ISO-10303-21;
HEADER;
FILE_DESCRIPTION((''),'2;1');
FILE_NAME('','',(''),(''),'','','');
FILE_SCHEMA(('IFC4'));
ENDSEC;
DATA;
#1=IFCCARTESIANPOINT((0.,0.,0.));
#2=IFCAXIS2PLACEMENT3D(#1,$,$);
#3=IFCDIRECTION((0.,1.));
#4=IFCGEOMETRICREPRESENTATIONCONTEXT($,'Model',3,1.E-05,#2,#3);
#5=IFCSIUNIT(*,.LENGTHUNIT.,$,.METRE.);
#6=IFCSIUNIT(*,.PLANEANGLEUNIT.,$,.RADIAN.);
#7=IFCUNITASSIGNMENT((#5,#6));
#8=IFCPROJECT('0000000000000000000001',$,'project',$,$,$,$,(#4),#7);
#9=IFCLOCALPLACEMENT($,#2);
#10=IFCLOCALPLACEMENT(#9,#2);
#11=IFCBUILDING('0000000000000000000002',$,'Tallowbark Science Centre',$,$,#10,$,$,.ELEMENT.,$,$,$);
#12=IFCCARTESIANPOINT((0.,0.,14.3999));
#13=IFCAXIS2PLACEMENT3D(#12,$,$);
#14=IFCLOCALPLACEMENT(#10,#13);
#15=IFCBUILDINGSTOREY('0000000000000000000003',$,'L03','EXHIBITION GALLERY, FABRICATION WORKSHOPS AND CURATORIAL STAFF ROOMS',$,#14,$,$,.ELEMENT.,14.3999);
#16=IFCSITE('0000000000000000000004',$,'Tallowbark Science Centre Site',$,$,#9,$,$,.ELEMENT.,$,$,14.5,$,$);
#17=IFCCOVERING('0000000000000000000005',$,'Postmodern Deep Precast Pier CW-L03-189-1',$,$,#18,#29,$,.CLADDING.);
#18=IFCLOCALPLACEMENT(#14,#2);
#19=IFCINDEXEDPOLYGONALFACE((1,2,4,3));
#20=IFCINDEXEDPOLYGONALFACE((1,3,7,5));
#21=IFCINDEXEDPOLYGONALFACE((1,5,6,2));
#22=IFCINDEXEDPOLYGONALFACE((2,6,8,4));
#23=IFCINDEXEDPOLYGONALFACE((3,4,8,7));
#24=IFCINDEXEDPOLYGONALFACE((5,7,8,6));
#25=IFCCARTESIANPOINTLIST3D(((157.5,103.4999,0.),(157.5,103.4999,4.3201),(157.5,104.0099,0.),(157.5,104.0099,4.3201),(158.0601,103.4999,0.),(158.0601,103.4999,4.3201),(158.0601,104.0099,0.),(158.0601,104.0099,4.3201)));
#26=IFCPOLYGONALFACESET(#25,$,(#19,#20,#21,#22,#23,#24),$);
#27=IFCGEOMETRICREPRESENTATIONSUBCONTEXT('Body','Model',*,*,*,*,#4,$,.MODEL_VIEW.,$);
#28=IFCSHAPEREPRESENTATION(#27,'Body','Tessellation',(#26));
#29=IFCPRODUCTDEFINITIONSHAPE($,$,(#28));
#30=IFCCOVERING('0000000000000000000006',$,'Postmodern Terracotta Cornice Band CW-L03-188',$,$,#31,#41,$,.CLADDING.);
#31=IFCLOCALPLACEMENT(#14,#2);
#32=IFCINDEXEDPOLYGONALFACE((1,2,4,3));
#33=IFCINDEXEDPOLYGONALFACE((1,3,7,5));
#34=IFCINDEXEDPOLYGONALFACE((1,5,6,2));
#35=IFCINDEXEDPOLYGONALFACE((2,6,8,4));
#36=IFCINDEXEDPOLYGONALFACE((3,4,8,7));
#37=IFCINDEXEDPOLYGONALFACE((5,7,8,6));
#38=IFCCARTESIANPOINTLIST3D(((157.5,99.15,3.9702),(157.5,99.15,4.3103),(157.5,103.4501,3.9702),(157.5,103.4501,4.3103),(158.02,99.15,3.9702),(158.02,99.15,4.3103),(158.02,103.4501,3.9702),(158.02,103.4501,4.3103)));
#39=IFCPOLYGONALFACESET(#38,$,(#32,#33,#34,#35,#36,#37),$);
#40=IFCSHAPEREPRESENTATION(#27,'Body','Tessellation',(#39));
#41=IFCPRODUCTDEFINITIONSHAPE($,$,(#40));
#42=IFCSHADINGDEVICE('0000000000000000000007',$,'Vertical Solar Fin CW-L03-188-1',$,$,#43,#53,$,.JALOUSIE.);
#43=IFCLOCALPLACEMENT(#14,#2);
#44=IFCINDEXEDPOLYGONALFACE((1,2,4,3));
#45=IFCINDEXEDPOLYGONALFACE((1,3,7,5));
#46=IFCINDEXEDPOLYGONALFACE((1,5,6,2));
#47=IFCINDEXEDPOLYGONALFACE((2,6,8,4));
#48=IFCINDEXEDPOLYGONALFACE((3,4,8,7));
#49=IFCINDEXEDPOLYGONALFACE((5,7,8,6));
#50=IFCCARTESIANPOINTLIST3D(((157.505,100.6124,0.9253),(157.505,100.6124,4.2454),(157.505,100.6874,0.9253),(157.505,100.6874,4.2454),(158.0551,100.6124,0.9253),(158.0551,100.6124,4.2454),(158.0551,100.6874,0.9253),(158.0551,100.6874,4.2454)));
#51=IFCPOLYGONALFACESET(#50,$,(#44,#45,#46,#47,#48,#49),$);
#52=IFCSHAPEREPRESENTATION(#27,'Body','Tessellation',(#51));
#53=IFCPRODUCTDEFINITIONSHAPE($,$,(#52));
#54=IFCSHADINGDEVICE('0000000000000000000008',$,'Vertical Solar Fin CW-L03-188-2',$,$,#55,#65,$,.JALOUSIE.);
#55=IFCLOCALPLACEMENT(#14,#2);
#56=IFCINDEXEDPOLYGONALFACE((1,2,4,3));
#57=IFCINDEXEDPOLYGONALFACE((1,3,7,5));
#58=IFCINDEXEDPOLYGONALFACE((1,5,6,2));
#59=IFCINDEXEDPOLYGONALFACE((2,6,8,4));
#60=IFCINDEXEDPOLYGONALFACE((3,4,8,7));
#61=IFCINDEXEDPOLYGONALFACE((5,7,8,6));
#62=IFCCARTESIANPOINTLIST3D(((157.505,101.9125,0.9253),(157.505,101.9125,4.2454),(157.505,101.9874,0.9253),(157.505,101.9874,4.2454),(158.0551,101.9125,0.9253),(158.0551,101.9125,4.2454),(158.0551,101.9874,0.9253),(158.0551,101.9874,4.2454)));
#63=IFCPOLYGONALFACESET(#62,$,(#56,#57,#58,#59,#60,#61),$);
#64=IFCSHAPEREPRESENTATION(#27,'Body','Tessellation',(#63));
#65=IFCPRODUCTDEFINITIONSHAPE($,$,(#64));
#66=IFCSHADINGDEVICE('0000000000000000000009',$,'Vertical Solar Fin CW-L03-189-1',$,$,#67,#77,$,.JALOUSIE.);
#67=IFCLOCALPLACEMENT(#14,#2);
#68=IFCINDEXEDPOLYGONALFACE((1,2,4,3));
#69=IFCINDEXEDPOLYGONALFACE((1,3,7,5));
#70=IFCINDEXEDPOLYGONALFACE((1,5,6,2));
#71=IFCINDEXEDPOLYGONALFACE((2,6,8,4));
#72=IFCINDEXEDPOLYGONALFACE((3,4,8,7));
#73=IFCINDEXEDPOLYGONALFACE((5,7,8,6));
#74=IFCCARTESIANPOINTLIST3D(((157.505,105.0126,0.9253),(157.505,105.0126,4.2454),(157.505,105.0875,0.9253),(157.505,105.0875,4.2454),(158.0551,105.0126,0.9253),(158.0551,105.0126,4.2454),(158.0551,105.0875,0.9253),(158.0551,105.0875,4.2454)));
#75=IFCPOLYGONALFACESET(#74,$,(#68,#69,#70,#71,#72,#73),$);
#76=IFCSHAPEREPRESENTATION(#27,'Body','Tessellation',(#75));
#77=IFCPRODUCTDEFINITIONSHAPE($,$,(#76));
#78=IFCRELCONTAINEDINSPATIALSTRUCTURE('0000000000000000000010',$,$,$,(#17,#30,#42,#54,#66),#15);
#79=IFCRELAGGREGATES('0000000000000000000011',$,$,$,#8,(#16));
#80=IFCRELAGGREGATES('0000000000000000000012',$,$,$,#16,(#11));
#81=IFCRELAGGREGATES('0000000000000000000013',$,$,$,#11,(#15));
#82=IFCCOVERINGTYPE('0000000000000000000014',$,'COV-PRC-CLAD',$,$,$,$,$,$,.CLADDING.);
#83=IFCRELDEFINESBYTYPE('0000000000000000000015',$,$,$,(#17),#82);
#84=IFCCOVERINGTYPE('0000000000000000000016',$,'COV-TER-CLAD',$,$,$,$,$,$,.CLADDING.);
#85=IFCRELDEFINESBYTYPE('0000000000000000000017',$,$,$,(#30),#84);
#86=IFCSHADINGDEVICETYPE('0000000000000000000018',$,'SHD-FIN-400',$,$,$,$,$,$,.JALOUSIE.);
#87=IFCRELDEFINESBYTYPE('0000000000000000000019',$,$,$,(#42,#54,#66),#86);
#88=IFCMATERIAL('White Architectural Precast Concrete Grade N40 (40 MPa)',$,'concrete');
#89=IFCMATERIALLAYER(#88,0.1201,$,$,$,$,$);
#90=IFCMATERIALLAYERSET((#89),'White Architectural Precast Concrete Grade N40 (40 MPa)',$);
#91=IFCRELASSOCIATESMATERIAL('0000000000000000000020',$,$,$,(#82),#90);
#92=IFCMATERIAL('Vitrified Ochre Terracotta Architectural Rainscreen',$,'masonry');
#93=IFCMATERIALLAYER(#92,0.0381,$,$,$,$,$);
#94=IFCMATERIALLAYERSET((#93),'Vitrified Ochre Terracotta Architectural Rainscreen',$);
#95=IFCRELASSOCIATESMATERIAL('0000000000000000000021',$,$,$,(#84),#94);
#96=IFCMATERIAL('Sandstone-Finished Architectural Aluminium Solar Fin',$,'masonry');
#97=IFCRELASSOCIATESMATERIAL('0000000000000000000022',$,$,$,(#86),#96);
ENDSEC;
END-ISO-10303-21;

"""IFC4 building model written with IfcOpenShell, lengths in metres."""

from ifc_helpers import new_model, si_unit, direction, frame, origin, origin_2d, place, context, subcontext, project, spatial, rectangle, extrude, material, layer, layer_set, type_object, element, save


model = new_model("IFC4")

# Units and contexts
model_context = context("Model", 3, precision=1e-05, world=origin(), true_north=direction((0.0, 1.0)))
body_context = subcontext(model_context, "Body", "Model", "MODEL_VIEW")
ifc_project = project(units=[si_unit("LENGTHUNIT", "METRE"), si_unit("PLANEANGLEUNIT", "RADIAN")], contexts=[model_context])

# Site, building, storey
site_placement = place(None, origin())
site = spatial("IfcSite", under=ifc_project, at=site_placement, Name="Tallowbark Science Centre Site", CompositionType="ELEMENT", RefElevation=14.5)
building_placement = place(site_placement, origin())
building = spatial("IfcBuilding", under=site, at=building_placement, Name="Tallowbark Science Centre", CompositionType="ELEMENT")
storey_placement = place(building_placement, frame((0.0, 0.0, 14.3999)))
storey = spatial("IfcBuildingStorey", under=building, at=storey_placement, Name="L03", Description="EXHIBITION GALLERY, FABRICATION WORKSHOPS AND CURATORIAL STAFF ROOMS", CompositionType="ELEMENT", Elevation=14.3999)

# Coverings
ifc_material_1 = material(Name="White Architectural Precast Concrete Grade N40 (40 MPa)", Category="concrete")
ifc_layer_1 = layer(ifc_material_1, 0.1201)
ifc_layer_set_1 = layer_set([ifc_layer_1], Name="White Architectural Precast Concrete Grade N40 (40 MPa)")
covering_type_1 = type_object("IfcCoveringType", Name="COV-PRC-CLAD", PredefinedType="CLADDING", material=ifc_layer_set_1)
for number, where, z_axis, x_axis, name in (
    (1, (157.78, 103.7549, 0.0), (0.0, 0.0, 1.0), (0.0, 1.0, 0.0), "Postmodern Deep Precast Pier CW-L03-189-1"),
):
    element("IfcCovering", number, at=place(storey_placement, frame(where, z_axis=z_axis, x_axis=x_axis)), inside=storey, type_object=covering_type_1, Name=name, PredefinedType="CLADDING", context=body_context, shape_type="SweptSolid", body=[
        extrude(rectangle(XDim=0.51, YDim=0.5601, at=origin_2d()), origin(), (0.0, 0.0, 1.0), 4.3201),
    ])
ifc_material_2 = material(Name="Vitrified Ochre Terracotta Architectural Rainscreen", Category="masonry")
ifc_layer_2 = layer(ifc_material_2, 0.0381)
ifc_layer_set_2 = layer_set([ifc_layer_2], Name="Vitrified Ochre Terracotta Architectural Rainscreen")
covering_type_2 = type_object("IfcCoveringType", Name="COV-TER-CLAD", PredefinedType="CLADDING", material=ifc_layer_set_2)
covering_placement = place(storey_placement, frame((157.76, 101.3, 3.9702), z_axis=(0.0, 0.0, 1.0), x_axis=(0.0, 1.0, 0.0)))
element("IfcCovering", 2, at=covering_placement, inside=storey, type_object=covering_type_2, Name="Postmodern Terracotta Cornice Band CW-L03-188", PredefinedType="CLADDING", context=body_context, shape_type="SweptSolid", body=[
    extrude(rectangle(XDim=4.3, YDim=0.52, at=origin_2d()), origin(), (0.0, 0.0, 1.0), 0.3401),
])

# Shading devices
ifc_material_3 = material(Name="Sandstone-Finished Architectural Aluminium Solar Fin", Category="masonry")
shading_device_type = type_object("IfcShadingDeviceType", Name="SHD-FIN-400", PredefinedType="JALOUSIE", material=ifc_material_3)
for number, where, z_axis, x_axis, name in (
    (3, (157.78, 100.6499, 0.9253), (0.0, 0.0, 1.0), (0.0, 1.0, 0.0), "Vertical Solar Fin CW-L03-188-1"),
    (4, (157.78, 101.95, 0.9253), (0.0, 0.0, 1.0), (0.0, 1.0, 0.0), "Vertical Solar Fin CW-L03-188-2"),
    (5, (157.78, 105.05, 0.9253), (0.0, 0.0, 1.0), (0.0, 1.0, 0.0), "Vertical Solar Fin CW-L03-189-1"),
):
    element("IfcShadingDevice", number, at=place(storey_placement, frame(where, z_axis=z_axis, x_axis=x_axis)), inside=storey, type_object=shading_device_type, Name=name, PredefinedType="JALOUSIE", context=body_context, shape_type="SweptSolid", body=[
        extrude(rectangle(XDim=0.075, YDim=0.55, at=origin_2d()), origin(), (0.0, 0.0, 1.0), 3.3201),
    ])

save(model, "model.ifc")
